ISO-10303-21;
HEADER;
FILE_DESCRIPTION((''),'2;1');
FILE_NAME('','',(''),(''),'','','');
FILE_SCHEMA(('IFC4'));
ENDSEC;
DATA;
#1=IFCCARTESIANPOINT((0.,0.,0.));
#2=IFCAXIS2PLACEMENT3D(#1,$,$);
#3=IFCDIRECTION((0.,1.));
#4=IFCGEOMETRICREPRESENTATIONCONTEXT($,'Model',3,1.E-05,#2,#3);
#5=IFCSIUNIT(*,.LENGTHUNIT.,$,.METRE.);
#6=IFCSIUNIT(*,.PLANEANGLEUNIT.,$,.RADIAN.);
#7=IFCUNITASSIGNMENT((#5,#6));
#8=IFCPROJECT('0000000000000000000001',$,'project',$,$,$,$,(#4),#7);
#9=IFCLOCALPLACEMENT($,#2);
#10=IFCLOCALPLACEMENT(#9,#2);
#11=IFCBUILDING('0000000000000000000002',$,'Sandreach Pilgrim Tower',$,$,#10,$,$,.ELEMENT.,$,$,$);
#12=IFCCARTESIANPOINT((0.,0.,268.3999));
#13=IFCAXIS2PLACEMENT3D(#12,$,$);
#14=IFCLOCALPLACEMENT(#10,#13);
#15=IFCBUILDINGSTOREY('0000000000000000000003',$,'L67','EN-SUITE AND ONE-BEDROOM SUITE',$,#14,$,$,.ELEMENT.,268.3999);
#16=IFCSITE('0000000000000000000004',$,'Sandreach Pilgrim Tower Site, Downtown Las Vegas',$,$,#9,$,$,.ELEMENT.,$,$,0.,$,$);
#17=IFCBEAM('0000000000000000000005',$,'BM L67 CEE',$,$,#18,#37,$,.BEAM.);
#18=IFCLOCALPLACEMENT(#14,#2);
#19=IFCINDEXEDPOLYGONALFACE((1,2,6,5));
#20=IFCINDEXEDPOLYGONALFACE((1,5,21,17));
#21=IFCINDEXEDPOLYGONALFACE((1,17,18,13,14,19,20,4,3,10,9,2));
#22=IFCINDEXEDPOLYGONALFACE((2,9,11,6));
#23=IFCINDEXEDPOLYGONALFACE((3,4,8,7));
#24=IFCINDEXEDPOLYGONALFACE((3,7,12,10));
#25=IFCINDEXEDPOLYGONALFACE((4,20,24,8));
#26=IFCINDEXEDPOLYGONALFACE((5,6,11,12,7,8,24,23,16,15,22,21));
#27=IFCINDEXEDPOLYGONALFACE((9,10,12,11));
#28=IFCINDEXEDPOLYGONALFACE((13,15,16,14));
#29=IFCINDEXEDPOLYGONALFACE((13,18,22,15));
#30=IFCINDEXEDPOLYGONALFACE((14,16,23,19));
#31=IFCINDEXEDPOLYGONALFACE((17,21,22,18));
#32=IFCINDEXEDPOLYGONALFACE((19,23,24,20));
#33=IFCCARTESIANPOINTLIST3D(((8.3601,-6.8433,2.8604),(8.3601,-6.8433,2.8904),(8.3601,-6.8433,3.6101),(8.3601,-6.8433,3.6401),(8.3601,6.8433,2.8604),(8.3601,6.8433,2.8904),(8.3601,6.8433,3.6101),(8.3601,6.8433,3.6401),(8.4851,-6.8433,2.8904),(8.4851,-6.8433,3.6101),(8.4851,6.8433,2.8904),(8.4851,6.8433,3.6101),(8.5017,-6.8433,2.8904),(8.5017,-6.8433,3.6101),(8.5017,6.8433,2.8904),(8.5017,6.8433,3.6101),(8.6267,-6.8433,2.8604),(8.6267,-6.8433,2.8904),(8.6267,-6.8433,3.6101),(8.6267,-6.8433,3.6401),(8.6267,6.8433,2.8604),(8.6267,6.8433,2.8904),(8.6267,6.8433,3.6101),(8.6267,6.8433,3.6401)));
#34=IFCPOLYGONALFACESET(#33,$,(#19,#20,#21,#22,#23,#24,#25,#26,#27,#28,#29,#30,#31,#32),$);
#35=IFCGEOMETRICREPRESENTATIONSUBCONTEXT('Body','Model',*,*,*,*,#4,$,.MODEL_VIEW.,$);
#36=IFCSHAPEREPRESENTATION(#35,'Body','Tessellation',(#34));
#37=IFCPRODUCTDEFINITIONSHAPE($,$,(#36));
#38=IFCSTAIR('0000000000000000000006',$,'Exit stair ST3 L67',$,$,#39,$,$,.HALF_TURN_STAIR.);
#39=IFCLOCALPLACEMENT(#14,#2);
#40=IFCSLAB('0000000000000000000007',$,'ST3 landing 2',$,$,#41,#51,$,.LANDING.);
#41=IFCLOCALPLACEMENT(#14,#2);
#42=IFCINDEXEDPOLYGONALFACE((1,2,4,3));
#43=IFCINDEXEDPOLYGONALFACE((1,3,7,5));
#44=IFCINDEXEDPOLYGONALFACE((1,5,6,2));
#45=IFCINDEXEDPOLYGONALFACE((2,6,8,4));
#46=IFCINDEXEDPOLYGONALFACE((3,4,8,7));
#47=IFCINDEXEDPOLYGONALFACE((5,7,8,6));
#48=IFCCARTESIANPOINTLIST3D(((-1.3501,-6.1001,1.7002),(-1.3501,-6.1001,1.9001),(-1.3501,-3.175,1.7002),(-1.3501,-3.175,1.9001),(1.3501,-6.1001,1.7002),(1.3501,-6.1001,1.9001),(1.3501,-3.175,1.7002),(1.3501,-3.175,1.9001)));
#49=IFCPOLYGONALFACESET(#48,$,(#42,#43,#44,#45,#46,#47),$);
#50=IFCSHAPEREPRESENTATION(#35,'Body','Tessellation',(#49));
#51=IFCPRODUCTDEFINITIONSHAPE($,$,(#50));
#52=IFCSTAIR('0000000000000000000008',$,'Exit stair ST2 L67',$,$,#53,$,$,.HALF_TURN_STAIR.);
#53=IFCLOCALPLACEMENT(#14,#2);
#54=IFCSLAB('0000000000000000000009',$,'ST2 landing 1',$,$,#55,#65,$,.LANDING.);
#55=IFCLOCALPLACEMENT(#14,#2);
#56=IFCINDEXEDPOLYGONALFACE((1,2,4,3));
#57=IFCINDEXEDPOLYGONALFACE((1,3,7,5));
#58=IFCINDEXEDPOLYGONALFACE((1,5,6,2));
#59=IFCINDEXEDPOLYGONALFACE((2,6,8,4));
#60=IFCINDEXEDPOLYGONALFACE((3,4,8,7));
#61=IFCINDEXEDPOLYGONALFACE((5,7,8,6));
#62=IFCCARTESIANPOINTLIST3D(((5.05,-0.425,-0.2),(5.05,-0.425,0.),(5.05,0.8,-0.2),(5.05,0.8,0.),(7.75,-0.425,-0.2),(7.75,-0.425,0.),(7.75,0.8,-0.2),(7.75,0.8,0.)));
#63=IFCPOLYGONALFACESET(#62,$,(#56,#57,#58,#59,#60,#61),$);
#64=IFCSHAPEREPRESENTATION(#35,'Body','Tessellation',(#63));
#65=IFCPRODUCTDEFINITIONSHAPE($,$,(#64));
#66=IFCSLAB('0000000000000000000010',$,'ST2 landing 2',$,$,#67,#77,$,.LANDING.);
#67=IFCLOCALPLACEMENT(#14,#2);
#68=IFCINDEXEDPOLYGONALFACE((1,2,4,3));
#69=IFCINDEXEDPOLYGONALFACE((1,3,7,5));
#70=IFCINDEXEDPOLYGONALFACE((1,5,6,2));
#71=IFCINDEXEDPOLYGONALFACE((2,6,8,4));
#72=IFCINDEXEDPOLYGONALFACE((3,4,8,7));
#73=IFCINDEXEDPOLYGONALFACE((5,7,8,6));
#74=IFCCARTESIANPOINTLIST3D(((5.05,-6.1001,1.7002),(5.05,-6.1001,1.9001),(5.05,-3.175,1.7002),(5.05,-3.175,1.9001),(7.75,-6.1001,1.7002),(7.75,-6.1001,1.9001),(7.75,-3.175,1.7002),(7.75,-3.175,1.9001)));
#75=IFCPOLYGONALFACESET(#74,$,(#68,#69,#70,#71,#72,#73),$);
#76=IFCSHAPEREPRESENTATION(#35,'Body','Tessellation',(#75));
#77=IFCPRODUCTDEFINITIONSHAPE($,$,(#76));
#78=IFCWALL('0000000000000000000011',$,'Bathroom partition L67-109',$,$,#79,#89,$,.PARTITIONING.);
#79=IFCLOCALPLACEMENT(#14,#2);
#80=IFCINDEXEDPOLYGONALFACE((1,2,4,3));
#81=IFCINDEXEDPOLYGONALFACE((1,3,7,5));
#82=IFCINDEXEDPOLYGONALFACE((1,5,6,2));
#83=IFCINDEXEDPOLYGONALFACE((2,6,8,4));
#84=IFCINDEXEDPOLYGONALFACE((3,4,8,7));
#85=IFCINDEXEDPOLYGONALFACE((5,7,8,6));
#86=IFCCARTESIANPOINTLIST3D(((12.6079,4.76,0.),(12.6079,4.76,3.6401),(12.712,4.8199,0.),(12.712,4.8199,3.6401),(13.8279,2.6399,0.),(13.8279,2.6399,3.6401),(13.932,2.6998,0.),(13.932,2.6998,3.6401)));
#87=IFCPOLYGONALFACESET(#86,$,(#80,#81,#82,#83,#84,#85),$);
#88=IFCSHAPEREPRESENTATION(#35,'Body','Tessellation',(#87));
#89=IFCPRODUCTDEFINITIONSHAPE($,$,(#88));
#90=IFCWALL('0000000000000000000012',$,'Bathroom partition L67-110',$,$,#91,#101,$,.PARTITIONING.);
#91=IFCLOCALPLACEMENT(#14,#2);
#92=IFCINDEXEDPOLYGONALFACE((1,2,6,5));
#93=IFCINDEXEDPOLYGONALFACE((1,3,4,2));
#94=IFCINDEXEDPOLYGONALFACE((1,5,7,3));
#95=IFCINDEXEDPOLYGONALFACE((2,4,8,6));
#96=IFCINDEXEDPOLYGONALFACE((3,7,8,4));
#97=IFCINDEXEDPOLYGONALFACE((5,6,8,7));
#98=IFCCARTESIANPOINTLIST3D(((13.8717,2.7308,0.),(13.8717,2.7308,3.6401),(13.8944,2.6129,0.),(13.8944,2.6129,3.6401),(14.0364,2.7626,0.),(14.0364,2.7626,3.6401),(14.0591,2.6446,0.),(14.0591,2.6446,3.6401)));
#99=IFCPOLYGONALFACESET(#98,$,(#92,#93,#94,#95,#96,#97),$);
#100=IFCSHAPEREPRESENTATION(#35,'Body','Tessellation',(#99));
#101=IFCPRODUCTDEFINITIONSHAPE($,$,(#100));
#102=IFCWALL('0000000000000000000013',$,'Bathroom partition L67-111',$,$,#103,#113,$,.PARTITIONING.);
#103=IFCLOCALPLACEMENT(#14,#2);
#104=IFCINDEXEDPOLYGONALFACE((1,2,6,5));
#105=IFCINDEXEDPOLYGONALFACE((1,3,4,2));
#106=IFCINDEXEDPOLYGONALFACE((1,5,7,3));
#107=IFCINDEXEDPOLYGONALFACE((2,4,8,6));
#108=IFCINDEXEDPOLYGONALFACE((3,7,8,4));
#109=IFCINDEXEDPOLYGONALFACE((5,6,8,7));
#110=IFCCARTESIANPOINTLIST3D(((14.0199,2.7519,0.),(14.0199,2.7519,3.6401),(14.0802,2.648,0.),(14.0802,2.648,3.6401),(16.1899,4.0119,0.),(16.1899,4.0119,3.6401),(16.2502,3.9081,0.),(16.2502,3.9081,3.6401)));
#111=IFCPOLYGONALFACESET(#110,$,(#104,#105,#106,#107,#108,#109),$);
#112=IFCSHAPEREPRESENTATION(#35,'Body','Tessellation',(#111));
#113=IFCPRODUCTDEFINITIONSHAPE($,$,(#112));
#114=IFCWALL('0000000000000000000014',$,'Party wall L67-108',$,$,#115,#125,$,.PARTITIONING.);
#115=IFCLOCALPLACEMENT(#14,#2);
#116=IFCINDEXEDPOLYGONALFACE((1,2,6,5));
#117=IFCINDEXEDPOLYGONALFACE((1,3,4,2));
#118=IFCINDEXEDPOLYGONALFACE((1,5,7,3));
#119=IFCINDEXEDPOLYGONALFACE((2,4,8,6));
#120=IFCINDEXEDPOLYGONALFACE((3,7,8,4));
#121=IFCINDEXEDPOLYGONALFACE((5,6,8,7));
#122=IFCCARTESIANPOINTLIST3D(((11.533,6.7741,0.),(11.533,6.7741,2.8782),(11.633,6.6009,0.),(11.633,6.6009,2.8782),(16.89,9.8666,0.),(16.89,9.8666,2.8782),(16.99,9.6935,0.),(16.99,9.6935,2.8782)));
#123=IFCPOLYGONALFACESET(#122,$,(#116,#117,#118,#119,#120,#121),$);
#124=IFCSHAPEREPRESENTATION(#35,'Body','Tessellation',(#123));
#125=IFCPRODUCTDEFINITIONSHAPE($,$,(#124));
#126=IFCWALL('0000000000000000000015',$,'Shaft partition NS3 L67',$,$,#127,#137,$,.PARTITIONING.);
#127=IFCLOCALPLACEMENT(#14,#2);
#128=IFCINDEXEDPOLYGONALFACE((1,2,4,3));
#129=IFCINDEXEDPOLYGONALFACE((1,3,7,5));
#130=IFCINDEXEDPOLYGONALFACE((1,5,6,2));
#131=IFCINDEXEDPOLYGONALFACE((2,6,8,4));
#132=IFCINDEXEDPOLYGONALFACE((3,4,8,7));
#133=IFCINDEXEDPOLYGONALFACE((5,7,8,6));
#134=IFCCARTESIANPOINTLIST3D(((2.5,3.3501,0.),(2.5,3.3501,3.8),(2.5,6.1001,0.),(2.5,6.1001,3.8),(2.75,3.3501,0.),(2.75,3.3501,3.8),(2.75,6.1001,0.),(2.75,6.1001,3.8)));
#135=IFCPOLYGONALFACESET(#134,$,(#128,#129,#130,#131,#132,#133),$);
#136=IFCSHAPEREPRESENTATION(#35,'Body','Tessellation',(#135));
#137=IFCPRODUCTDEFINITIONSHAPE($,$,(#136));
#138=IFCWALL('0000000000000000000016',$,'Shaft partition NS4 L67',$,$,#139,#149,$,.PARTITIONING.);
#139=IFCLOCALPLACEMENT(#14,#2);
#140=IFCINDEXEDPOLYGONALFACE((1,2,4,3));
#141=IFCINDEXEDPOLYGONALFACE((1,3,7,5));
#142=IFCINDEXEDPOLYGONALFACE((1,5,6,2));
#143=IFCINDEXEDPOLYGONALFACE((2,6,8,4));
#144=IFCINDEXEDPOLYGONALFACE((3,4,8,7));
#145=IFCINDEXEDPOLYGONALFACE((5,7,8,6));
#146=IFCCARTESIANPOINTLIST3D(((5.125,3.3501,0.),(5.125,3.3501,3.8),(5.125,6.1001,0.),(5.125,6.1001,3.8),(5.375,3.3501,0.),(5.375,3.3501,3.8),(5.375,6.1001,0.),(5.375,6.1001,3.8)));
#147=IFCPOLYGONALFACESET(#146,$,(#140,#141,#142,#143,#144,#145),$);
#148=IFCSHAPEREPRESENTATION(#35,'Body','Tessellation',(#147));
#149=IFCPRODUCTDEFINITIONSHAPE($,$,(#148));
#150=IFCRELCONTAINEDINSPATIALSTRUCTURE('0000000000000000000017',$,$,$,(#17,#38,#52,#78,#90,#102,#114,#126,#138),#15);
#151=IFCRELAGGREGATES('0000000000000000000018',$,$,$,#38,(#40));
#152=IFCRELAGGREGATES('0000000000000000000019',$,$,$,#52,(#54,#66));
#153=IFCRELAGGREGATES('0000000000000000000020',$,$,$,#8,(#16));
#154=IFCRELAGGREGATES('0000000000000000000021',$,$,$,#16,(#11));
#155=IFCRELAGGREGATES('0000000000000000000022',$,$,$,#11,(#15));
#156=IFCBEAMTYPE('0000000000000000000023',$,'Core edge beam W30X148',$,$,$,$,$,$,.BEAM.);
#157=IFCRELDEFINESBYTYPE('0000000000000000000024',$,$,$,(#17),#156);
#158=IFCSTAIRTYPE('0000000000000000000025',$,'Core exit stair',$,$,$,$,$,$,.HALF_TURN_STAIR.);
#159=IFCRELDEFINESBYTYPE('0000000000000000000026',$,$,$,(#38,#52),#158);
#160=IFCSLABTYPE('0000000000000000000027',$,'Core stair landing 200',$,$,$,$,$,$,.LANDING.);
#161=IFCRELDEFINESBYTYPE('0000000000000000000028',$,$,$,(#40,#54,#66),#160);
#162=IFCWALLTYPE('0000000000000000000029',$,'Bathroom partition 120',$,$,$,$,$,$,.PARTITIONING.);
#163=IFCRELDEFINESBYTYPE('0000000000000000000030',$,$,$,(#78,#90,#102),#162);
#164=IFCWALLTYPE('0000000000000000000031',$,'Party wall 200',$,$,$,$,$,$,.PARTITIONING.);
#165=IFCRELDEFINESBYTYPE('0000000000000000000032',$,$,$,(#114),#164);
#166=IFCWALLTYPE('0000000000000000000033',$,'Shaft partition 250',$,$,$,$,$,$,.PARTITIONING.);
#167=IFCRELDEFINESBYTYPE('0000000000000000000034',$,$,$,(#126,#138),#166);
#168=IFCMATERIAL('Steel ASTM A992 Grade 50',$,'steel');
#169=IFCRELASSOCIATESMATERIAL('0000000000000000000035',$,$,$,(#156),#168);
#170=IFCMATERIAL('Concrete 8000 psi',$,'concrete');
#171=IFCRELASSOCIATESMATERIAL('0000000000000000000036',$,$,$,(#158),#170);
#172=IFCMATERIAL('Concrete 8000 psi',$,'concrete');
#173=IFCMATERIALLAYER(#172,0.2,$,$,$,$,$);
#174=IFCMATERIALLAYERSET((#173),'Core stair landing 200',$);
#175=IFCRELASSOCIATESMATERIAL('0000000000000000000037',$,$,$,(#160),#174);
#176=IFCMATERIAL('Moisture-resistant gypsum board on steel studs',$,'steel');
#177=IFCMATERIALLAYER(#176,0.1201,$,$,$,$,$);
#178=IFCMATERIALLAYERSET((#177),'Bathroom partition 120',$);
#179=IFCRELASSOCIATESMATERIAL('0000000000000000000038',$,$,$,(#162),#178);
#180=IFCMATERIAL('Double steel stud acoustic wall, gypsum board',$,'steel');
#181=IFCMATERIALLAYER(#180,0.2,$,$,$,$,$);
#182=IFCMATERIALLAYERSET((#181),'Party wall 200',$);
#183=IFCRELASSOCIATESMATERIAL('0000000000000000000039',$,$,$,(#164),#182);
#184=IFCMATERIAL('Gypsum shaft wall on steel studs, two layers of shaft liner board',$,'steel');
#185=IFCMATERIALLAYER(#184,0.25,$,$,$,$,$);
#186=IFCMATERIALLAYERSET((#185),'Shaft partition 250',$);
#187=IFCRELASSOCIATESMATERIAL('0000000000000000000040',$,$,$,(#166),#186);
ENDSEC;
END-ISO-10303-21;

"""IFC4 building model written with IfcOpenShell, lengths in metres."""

from ifc_helpers import new_model, si_unit, direction, frame, frame_2d, origin, origin_2d, place, context, subcontext, project, spatial, polyline, rectangle, i_section, outline, extrude, material, layer, layer_set, material_profile, profile_set, type_object, element, aggregate, save


model = new_model("IFC4")

# Units and contexts
model_context = context("Model", 3, precision=1e-05, world=origin(), true_north=direction((0.0, 1.0)))
body_context = subcontext(model_context, "Body", "Model", "MODEL_VIEW")
ifc_project = project(units=[si_unit("LENGTHUNIT", "METRE"), si_unit("PLANEANGLEUNIT", "RADIAN")], contexts=[model_context])

# Site, building, storey
site_placement = place(None, origin())
site = spatial("IfcSite", under=ifc_project, at=site_placement, Name="Sandreach Pilgrim Tower Site, Downtown Las Vegas", CompositionType="ELEMENT", RefElevation=0.0)
building_placement = place(site_placement, origin())
building = spatial("IfcBuilding", under=site, at=building_placement, Name="Sandreach Pilgrim Tower", CompositionType="ELEMENT")
storey_placement = place(building_placement, frame((0.0, 0.0, 268.3999)))
storey = spatial("IfcBuildingStorey", under=building, at=storey_placement, Name="L67", Description="EN-SUITE AND ONE-BEDROOM SUITE", CompositionType="ELEMENT", Elevation=268.3999)

# Beam
ifc_material_1 = material(Name="Steel ASTM A992 Grade 50", Category="steel")
ifc_material_profile = material_profile(ifc_material_1, i_section(OverallWidth=0.2666, OverallDepth=0.7798, WebThickness=0.0166, FlangeThickness=0.03, at=origin_2d()), Name="W30X148")
ifc_profile_set = profile_set([ifc_material_profile], Name="Steel ASTM A992 Grade 50")
beam_type = type_object("IfcBeamType", Name="Core edge beam W30X148", PredefinedType="BEAM", material=ifc_profile_set)
beam_placement = place(storey_placement, frame((8.4934, 6.8433, 3.2502), z_axis=(0.0, -1.0, 0.0), x_axis=(1.0, 0.0, 0.0)))
element("IfcBeam", 1, at=beam_placement, inside=storey, type_object=beam_type, Name="BM L67 CEE", PredefinedType="BEAM", context=body_context, shape_type="SweptSolid", body=[
    extrude(i_section(OverallWidth=0.2666, OverallDepth=0.7798, WebThickness=0.0166, FlangeThickness=0.03, at=origin_2d()), origin(), (0.0, 0.0, 1.0), 13.6865),
])

# Stair, slab
ifc_material_2 = material(Name="Concrete 8000 psi", Category="concrete")
stair_type = type_object("IfcStairType", Name="Core exit stair", PredefinedType="HALF_TURN_STAIR", material=ifc_material_2)
stair_1_placement = place(storey_placement, origin())
stair_1 = element("IfcStair", 2, at=stair_1_placement, inside=storey, type_object=stair_type, Name="Exit stair ST3 L67", PredefinedType="HALF_TURN_STAIR")
ifc_material_3 = material(Name="Concrete 8000 psi", Category="concrete")
ifc_layer_1 = layer(ifc_material_3, 0.2)
ifc_layer_set_1 = layer_set([ifc_layer_1], Name="Core stair landing 200")
slab_type = type_object("IfcSlabType", Name="Core stair landing 200", PredefinedType="LANDING", material=ifc_layer_set_1)
slab_1_placement = place(storey_placement, frame((0.0, 0.0, 1.7002)))
slab_1 = element("IfcSlab", 3, at=slab_1_placement, type_object=slab_type, Name="ST3 landing 2", PredefinedType="LANDING", context=body_context, shape_type="SweptSolid", body=[
    extrude(outline(polyline([(-1.3501, -6.1001), (1.3501, -6.1001), (1.3501, -3.175), (-1.3501, -3.175), (-1.3501, -6.1001)])), origin(), (0.0, 0.0, 1.0), 0.2),
])
aggregate(stair_1, [slab_1])

# Stair, slabs
stair_2_placement = place(storey_placement, origin())
stair_2 = element("IfcStair", 4, at=stair_2_placement, inside=storey, type_object=stair_type, Name="Exit stair ST2 L67", PredefinedType="HALF_TURN_STAIR")
slab_2_placement = place(storey_placement, frame((0.0, 0.0, -0.2)))
slab_2 = element("IfcSlab", 5, at=slab_2_placement, type_object=slab_type, Name="ST2 landing 1", PredefinedType="LANDING", context=body_context, shape_type="SweptSolid", body=[
    extrude(outline(polyline([(5.05, -0.425), (7.75, -0.425), (7.75, 0.8), (5.05, 0.8), (5.05, -0.425)])), origin(), (0.0, 0.0, 1.0), 0.2),
])
slab_3_placement = place(storey_placement, frame((0.0, 0.0, 1.7002)))
slab_3 = element("IfcSlab", 6, at=slab_3_placement, type_object=slab_type, Name="ST2 landing 2", PredefinedType="LANDING", context=body_context, shape_type="SweptSolid", body=[
    extrude(outline(polyline([(5.05, -6.1001), (7.75, -6.1001), (7.75, -3.175), (5.05, -3.175), (5.05, -6.1001)])), origin(), (0.0, 0.0, 1.0), 0.2),
])
aggregate(stair_2, [slab_2, slab_3])

# Walls
ifc_material_4 = material(Name="Moisture-resistant gypsum board on steel studs", Category="steel")
ifc_layer_2 = layer(ifc_material_4, 0.1201)
ifc_layer_set_2 = layer_set([ifc_layer_2], Name="Bathroom partition 120")
wall_type_1 = type_object("IfcWallType", Name="Bathroom partition 120", PredefinedType="PARTITIONING", material=ifc_layer_set_2)
wall_1_placement = place(storey_placement, frame((12.6599, 4.79, 0.0), z_axis=(0.0, 0.0, 1.0), x_axis=(0.498749, -0.866747, 0.0)))
element("IfcWall", 7, at=wall_1_placement, inside=storey, type_object=wall_type_1, Name="Bathroom partition L67-109", PredefinedType="PARTITIONING", context=body_context, shape_type="SweptSolid", body=[
    extrude(rectangle(XDim=2.446, YDim=0.1201, at=frame_2d((1.2231, 0.0))), origin(), (0.0, 0.0, 1.0), 3.6401),
])
wall_2_placement = place(storey_placement, frame((14.0479, 2.7036, 0.0), z_axis=(0.0, 0.0, 1.0), x_axis=(-0.981955, -0.189117, 0.0)))
element("IfcWall", 8, at=wall_2_placement, inside=storey, type_object=wall_type_1, Name="Bathroom partition L67-110", PredefinedType="PARTITIONING", context=body_context, shape_type="SweptSolid", body=[
    extrude(rectangle(XDim=0.1677, YDim=0.1201, at=frame_2d((0.084, 0.0))), origin(), (0.0, 0.0, 1.0), 3.6401),
])
wall_3_placement = place(storey_placement, frame((14.05, 2.7, 0.0), z_axis=(0.0, 0.0, 1.0), x_axis=(0.864779, 0.502152, 0.0)))
element("IfcWall", 9, at=wall_3_placement, inside=storey, type_object=wall_type_1, Name="Bathroom partition L67-111", PredefinedType="PARTITIONING", context=body_context, shape_type="SweptSolid", body=[
    extrude(rectangle(XDim=2.5093, YDim=0.1201, at=frame_2d((1.2546, 0.0))), origin(), (0.0, 0.0, 1.0), 3.6401),
])

# Walls
ifc_material_5 = material(Name="Double steel stud acoustic wall, gypsum board", Category="steel")
ifc_layer_3 = layer(ifc_material_5, 0.2)
ifc_layer_set_3 = layer_set([ifc_layer_3], Name="Party wall 200")
wall_type_2 = type_object("IfcWallType", Name="Party wall 200", PredefinedType="PARTITIONING", material=ifc_layer_set_3)
wall_4_placement = place(storey_placement, frame((11.583, 6.6875, 0.0), z_axis=(0.0, 0.0, 1.0), x_axis=(0.866046, 0.499964, 0.0)))
element("IfcWall", 10, at=wall_4_placement, inside=storey, type_object=wall_type_2, Name="Party wall L67-108", PredefinedType="PARTITIONING", context=body_context, shape_type="SweptSolid", body=[
    extrude(rectangle(XDim=6.1855, YDim=0.2, at=frame_2d((3.0928, 0.0))), origin(), (0.0, 0.0, 1.0), 2.8782),
])
ifc_material_6 = material(Name="Gypsum shaft wall on steel studs, two layers of shaft liner board", Category="steel")
ifc_layer_4 = layer(ifc_material_6, 0.25)
ifc_layer_set_4 = layer_set([ifc_layer_4], Name="Shaft partition 250")
wall_type_3 = type_object("IfcWallType", Name="Shaft partition 250", PredefinedType="PARTITIONING", material=ifc_layer_set_4)
for number, where, z_axis, x_axis, name in (
    (11, (2.625, 3.3501, 0.0), (0.0, 0.0, 1.0), (0.0, 1.0, 0.0), "Shaft partition NS3 L67"),
    (12, (5.25, 3.3501, 0.0), (0.0, 0.0, 1.0), (0.0, 1.0, 0.0), "Shaft partition NS4 L67"),
):
    element("IfcWall", number, at=place(storey_placement, frame(where, z_axis=z_axis, x_axis=x_axis)), inside=storey, type_object=wall_type_3, Name=name, PredefinedType="PARTITIONING", context=body_context, shape_type="SweptSolid", body=[
        extrude(rectangle(XDim=2.75, YDim=0.25, at=frame_2d((1.375, 0.0))), origin(), (0.0, 0.0, 1.0), 3.8),
    ])

save(model, "model.ifc")
